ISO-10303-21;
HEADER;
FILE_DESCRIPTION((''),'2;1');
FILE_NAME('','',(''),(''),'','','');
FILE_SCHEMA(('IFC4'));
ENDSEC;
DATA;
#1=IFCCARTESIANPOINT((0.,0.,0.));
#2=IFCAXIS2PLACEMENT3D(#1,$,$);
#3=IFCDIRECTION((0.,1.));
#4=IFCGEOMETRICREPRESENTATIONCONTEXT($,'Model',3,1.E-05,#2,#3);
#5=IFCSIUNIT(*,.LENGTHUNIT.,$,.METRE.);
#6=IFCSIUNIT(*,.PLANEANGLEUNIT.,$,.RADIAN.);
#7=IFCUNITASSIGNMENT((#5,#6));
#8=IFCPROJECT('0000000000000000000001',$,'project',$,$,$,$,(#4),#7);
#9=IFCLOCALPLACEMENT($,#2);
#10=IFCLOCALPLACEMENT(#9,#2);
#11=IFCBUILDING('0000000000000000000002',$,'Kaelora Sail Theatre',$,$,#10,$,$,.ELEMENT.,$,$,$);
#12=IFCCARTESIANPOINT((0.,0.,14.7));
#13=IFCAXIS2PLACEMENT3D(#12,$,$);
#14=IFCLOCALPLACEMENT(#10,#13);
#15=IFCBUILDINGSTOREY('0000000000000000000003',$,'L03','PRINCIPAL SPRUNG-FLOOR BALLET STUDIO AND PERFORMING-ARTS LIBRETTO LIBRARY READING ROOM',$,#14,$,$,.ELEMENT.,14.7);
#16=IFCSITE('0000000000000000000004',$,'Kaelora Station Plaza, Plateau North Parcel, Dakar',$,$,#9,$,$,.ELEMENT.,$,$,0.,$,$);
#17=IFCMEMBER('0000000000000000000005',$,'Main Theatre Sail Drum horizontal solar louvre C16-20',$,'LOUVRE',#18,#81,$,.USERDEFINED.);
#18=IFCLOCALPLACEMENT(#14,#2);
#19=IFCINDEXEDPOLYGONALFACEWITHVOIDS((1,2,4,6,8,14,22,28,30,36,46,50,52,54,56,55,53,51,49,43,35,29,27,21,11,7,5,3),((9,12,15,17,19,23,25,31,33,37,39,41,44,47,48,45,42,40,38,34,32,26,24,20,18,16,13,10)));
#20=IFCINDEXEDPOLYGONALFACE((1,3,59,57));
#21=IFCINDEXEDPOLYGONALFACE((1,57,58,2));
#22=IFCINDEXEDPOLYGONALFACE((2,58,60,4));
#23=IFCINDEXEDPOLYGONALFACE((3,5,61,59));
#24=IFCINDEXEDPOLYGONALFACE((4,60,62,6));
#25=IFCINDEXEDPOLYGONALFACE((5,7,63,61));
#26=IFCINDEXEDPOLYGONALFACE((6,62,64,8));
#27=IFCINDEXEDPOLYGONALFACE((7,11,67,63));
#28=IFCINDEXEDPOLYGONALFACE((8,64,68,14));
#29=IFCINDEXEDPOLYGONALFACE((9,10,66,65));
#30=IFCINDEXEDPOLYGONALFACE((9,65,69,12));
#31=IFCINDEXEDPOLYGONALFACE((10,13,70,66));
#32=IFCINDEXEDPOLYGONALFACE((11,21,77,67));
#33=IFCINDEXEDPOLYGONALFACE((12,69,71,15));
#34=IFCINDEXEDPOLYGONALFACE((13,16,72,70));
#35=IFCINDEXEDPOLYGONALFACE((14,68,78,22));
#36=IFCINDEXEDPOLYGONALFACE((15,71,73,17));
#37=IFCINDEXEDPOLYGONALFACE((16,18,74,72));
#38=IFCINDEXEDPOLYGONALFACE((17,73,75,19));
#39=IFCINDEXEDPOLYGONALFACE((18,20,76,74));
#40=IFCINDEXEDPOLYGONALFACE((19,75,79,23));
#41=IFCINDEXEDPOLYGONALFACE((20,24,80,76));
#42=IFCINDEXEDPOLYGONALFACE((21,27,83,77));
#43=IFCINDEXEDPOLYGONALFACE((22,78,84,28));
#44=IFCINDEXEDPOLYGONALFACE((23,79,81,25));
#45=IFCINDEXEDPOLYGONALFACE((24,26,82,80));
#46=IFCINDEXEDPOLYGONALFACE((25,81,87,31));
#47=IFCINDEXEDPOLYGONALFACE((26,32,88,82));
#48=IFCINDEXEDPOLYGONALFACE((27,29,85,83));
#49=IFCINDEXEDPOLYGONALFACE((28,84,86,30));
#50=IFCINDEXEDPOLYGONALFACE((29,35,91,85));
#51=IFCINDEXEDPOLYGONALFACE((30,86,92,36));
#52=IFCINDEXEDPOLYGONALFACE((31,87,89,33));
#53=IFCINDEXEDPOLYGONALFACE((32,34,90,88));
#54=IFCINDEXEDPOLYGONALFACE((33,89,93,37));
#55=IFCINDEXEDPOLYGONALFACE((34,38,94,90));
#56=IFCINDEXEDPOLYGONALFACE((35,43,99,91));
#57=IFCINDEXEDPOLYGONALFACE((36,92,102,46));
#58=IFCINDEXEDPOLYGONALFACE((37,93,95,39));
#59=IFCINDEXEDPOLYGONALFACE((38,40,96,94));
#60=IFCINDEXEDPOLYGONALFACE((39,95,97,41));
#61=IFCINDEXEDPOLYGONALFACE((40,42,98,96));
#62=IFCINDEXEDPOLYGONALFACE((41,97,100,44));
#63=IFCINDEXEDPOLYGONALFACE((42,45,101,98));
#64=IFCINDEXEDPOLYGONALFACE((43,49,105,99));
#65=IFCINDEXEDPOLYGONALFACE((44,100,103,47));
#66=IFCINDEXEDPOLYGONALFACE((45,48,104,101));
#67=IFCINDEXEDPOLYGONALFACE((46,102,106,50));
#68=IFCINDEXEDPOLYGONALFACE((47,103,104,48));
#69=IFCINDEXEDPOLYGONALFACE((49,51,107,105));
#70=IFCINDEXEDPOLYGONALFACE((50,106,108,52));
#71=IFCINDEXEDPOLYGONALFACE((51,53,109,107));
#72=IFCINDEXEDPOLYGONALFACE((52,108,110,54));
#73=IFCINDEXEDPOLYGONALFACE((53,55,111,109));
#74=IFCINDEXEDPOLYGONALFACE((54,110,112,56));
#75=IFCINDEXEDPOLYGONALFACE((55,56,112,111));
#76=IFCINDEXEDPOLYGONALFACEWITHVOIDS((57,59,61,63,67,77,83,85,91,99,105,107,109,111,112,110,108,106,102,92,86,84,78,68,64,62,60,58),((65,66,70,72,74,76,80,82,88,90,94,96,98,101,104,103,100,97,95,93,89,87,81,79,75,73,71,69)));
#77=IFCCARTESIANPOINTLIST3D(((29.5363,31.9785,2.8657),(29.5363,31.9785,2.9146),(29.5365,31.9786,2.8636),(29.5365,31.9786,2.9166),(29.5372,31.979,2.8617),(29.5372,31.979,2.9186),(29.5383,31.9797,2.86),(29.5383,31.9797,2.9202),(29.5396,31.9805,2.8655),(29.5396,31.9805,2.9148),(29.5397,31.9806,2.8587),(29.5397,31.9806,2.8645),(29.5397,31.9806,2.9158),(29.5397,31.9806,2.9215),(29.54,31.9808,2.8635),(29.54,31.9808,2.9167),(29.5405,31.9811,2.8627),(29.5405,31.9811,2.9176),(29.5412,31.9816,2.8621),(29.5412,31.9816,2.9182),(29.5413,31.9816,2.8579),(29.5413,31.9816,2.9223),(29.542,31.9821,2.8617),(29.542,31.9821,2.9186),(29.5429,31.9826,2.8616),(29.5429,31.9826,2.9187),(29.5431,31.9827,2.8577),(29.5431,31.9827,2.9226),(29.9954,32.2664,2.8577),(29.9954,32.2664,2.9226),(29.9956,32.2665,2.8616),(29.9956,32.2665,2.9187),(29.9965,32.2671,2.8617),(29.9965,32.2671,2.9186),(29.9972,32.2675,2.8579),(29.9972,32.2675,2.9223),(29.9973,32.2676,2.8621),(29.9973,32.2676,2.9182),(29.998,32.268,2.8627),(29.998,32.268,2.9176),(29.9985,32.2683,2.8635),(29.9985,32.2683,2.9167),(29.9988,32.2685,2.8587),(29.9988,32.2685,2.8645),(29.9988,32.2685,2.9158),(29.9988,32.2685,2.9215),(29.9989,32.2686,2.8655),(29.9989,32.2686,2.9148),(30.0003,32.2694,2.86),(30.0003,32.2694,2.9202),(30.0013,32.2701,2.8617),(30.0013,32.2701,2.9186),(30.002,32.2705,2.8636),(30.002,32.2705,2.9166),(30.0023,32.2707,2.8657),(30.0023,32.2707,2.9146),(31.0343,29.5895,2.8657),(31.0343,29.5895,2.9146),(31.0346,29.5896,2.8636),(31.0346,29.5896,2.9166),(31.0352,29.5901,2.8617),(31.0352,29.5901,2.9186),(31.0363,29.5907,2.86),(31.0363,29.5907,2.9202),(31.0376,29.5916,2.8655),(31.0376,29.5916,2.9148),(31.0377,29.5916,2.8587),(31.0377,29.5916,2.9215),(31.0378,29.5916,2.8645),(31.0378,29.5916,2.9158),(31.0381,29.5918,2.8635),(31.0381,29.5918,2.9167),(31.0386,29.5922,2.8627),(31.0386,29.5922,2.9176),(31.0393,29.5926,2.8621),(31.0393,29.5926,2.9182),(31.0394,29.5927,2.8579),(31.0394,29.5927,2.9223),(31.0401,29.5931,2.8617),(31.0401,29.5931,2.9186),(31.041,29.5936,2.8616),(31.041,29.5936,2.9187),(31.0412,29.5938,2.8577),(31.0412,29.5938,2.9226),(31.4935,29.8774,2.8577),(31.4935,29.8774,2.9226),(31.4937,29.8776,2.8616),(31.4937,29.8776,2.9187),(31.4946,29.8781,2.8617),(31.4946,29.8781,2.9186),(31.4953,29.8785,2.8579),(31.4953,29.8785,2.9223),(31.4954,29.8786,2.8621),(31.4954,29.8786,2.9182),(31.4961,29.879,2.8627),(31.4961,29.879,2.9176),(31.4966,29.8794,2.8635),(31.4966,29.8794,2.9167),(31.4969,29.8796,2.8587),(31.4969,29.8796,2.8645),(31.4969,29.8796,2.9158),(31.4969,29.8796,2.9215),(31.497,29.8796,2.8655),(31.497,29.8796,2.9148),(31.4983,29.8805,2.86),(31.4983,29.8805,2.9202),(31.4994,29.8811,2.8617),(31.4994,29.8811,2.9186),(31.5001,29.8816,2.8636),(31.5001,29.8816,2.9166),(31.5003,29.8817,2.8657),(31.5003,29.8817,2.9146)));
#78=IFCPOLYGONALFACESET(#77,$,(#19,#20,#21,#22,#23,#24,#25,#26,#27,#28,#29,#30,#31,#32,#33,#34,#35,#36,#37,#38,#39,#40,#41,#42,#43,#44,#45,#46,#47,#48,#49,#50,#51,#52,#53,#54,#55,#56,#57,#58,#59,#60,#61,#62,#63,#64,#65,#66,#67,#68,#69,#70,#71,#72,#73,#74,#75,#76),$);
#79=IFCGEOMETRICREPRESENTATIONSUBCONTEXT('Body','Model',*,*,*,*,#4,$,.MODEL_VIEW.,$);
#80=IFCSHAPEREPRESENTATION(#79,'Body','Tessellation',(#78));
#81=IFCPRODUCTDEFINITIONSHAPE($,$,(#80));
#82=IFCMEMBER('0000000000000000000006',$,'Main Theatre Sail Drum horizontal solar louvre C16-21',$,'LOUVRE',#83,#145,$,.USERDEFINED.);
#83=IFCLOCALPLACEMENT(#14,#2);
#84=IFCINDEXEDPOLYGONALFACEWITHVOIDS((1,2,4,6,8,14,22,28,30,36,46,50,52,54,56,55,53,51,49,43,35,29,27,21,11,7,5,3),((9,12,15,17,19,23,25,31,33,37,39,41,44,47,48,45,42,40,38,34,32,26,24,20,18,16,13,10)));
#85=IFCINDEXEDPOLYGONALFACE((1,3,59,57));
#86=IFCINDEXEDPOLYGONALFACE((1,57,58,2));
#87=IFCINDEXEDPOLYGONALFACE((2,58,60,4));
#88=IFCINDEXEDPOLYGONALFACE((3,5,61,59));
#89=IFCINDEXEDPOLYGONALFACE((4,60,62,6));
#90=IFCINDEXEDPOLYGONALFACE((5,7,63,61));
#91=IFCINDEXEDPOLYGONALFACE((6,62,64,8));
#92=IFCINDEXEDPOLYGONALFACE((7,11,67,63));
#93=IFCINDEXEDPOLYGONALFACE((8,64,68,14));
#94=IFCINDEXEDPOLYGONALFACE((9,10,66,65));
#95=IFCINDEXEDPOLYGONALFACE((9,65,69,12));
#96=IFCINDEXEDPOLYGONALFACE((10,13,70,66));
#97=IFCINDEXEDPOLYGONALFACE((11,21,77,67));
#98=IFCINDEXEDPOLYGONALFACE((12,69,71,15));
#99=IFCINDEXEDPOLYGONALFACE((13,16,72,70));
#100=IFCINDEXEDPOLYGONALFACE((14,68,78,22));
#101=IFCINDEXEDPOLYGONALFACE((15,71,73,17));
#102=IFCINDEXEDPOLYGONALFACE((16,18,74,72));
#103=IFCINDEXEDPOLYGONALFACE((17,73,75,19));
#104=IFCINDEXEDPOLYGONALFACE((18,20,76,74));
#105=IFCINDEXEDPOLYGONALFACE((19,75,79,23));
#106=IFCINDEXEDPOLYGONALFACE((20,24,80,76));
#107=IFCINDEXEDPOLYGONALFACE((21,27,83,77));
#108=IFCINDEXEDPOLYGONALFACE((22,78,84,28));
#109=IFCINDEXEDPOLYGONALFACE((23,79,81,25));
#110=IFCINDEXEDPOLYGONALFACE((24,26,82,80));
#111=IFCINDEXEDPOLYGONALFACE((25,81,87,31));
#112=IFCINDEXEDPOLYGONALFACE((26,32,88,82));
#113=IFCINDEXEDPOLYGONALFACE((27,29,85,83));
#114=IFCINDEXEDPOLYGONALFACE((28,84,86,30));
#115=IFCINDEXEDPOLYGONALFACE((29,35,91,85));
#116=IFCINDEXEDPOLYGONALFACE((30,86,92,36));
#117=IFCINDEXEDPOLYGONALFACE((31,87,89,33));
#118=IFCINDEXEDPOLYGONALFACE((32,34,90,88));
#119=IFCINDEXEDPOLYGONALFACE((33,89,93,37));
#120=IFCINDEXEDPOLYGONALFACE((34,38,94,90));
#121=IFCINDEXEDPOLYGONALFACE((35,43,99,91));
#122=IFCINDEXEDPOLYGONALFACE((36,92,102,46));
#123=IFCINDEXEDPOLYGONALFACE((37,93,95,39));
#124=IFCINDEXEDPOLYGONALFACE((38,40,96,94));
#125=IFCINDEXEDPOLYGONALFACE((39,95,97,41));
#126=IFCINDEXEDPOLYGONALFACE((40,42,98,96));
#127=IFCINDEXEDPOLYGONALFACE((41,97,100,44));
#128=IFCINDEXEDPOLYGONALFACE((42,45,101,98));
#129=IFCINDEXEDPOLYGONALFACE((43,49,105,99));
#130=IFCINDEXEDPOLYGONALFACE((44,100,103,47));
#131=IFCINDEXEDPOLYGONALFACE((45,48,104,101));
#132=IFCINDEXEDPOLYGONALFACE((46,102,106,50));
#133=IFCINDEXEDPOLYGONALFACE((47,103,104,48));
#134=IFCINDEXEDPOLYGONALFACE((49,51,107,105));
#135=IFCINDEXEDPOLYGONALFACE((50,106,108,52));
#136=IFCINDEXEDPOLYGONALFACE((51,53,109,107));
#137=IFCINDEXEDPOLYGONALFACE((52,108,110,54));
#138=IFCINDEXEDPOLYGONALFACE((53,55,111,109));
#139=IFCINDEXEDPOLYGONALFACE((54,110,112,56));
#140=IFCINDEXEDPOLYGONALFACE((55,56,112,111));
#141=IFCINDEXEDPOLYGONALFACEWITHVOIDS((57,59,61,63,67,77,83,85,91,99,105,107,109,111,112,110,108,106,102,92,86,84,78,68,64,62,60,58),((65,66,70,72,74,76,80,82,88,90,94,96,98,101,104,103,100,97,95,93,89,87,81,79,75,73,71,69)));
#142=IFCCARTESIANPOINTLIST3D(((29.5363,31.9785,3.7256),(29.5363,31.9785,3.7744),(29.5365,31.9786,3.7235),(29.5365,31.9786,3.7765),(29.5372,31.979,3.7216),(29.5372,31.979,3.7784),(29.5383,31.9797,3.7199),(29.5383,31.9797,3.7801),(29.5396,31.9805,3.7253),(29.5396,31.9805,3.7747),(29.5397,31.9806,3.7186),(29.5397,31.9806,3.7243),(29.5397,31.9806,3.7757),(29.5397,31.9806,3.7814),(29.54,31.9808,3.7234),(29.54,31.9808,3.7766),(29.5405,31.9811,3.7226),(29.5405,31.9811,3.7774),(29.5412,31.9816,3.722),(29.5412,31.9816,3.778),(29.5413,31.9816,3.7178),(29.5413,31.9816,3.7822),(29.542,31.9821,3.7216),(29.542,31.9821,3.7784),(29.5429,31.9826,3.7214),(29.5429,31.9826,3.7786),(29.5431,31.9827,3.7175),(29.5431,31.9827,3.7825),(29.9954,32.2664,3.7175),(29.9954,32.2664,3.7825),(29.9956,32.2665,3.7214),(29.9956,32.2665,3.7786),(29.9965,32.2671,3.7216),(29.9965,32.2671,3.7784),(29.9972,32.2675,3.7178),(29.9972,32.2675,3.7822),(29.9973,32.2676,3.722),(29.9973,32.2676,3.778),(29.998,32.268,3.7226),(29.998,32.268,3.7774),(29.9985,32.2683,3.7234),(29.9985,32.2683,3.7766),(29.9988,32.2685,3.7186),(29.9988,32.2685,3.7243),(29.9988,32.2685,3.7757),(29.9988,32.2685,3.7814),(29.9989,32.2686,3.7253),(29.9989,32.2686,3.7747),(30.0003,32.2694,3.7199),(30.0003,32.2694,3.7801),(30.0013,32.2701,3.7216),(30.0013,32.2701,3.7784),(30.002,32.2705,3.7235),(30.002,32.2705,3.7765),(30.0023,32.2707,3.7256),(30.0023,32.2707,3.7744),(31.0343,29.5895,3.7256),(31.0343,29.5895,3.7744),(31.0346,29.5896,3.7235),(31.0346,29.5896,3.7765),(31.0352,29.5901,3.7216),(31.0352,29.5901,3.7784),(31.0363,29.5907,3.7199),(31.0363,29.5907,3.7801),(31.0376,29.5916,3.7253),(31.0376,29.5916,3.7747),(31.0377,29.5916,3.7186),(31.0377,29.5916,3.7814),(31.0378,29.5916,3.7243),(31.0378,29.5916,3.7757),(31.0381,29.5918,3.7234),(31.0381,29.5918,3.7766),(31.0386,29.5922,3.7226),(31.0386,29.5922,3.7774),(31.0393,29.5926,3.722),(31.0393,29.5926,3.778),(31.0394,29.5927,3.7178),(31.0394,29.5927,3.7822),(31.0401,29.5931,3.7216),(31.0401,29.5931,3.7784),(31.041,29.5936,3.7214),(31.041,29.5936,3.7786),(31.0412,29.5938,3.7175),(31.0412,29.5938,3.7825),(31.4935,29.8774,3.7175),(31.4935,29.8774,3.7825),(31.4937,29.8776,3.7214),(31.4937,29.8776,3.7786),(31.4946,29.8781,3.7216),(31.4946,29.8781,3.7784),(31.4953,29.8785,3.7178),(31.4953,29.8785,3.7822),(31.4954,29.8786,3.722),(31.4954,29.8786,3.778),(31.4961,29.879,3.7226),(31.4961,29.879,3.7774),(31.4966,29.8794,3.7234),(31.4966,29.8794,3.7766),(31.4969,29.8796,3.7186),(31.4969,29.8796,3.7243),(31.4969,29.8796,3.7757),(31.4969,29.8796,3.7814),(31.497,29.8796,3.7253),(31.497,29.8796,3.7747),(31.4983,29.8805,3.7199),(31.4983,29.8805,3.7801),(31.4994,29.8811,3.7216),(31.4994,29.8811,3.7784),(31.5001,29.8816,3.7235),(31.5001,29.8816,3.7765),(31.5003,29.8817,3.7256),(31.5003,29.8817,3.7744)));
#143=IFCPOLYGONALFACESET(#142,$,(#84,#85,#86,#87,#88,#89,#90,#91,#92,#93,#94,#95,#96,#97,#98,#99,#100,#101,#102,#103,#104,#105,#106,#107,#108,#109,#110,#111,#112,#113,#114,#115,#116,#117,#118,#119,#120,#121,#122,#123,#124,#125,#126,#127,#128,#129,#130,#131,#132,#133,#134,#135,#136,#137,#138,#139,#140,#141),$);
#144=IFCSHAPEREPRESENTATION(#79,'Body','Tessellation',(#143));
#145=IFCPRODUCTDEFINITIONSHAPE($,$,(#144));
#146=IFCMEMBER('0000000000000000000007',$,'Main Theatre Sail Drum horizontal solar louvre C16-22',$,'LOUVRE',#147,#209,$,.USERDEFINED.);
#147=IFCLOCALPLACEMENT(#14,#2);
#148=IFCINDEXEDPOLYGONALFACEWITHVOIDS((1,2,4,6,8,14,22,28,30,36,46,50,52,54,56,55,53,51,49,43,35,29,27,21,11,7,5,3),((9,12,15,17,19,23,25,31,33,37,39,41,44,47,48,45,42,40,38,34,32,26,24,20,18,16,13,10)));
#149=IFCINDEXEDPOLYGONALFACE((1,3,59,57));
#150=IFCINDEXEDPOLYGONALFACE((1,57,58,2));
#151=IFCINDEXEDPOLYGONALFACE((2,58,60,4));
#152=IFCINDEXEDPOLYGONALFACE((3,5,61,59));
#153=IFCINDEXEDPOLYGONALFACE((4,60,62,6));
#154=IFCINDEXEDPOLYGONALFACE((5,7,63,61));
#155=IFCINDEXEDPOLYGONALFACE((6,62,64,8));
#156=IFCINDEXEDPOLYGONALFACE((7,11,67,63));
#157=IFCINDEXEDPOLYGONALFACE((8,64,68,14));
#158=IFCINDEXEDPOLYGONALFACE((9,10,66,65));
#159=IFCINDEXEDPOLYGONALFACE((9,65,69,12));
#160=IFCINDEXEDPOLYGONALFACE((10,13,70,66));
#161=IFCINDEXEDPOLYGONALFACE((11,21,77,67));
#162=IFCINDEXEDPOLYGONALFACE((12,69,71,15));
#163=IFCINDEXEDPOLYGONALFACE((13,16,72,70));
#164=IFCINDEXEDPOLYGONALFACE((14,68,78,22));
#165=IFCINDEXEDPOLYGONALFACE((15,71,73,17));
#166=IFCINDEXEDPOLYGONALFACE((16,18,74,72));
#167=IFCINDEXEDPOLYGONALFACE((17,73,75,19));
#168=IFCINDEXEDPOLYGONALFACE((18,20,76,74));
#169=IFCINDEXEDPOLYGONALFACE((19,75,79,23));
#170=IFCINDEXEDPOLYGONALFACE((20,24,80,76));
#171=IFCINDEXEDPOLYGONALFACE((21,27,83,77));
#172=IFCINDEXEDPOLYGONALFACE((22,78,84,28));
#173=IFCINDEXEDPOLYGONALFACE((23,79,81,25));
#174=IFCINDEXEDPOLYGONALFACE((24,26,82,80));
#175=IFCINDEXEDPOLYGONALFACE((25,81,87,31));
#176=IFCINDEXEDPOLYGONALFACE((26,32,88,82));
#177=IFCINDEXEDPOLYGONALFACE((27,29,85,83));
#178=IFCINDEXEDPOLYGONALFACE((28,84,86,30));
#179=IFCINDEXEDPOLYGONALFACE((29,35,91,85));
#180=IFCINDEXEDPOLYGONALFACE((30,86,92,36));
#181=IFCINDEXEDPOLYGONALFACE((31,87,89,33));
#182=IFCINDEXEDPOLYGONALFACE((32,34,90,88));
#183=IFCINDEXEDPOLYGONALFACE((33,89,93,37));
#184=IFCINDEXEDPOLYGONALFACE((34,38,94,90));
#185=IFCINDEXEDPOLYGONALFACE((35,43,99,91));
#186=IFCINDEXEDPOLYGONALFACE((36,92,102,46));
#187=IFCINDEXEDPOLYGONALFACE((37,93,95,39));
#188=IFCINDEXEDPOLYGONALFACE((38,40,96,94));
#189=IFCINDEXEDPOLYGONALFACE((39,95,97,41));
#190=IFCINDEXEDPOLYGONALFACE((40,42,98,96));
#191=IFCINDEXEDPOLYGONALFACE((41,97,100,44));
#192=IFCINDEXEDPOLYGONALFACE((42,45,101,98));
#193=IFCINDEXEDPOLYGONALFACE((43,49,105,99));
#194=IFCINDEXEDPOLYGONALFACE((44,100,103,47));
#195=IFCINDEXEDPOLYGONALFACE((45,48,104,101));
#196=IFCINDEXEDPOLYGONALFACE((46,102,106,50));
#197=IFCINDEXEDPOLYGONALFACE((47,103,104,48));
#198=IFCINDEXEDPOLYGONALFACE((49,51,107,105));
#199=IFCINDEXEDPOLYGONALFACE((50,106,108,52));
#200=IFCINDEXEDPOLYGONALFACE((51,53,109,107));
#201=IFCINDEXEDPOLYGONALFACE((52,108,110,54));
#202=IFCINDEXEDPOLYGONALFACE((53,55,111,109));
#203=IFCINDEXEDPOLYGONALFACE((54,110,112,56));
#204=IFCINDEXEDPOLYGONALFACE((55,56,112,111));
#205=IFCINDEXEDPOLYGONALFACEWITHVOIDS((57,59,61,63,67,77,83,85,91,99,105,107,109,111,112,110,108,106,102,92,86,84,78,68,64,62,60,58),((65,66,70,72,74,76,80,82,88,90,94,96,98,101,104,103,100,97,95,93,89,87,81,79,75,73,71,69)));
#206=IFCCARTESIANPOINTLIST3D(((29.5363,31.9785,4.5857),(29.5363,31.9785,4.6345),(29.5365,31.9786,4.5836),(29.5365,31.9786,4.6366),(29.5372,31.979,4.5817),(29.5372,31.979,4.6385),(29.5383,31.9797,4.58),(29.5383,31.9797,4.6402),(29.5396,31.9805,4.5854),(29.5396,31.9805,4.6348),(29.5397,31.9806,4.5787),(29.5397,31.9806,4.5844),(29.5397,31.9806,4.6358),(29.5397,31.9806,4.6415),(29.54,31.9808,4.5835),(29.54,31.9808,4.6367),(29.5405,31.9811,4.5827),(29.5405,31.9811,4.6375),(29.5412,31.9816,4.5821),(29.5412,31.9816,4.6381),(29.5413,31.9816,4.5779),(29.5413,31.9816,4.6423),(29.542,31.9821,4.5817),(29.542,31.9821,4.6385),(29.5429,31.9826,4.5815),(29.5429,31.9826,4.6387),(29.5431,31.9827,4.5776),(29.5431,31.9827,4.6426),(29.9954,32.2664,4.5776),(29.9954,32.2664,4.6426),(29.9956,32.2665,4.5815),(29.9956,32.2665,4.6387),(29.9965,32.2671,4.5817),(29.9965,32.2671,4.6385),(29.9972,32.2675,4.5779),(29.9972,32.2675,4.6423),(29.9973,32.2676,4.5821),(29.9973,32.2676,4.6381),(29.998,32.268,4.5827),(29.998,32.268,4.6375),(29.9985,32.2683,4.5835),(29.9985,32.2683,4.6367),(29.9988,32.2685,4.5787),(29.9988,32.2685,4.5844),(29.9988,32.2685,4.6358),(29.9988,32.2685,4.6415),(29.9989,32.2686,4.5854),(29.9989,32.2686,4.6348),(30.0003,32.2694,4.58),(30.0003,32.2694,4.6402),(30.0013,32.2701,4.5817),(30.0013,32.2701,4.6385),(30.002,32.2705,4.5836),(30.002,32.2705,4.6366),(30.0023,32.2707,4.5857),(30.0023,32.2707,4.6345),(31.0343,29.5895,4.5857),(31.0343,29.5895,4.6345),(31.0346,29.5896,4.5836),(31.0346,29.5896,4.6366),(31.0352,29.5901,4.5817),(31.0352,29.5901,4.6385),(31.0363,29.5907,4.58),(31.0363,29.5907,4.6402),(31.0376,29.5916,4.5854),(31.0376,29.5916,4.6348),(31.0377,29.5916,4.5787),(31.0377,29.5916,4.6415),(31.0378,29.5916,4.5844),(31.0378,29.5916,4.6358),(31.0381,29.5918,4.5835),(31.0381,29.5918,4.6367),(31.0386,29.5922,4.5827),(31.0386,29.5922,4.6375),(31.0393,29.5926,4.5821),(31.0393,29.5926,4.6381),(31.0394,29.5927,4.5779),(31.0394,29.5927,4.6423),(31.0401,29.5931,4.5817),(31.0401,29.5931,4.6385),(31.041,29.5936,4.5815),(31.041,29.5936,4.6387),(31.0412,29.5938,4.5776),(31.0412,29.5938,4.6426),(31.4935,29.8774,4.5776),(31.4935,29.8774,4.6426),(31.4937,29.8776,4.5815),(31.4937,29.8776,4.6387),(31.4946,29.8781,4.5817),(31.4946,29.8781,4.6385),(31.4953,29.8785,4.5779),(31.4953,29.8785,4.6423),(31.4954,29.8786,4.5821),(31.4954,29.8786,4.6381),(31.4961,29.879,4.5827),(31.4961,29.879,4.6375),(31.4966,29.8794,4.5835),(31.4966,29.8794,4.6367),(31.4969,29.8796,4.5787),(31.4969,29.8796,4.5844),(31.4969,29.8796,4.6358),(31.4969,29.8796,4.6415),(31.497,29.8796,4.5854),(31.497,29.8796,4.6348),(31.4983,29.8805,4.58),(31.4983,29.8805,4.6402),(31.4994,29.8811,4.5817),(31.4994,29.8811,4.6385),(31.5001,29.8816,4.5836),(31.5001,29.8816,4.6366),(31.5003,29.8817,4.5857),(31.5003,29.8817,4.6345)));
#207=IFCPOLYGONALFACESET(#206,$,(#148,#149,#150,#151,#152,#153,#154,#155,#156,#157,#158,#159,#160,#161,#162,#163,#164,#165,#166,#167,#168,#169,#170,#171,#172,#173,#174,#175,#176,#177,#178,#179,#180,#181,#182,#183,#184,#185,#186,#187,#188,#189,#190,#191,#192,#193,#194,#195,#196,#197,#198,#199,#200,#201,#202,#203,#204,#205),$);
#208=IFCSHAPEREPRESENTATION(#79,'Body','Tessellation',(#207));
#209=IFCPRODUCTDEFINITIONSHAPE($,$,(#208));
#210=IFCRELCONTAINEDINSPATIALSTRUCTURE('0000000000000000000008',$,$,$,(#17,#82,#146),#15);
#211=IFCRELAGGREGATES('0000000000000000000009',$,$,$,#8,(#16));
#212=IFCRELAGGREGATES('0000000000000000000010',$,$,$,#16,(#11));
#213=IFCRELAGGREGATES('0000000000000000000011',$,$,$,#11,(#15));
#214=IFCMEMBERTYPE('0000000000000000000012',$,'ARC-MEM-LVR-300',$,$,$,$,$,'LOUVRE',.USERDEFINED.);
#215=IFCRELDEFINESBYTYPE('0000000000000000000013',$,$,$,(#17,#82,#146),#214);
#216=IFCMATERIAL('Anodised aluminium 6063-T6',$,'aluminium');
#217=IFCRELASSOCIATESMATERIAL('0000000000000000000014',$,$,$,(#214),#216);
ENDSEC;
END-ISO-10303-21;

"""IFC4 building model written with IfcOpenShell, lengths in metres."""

from ifc_helpers import new_model, si_unit, direction, frame, origin, origin_2d, place, context, subcontext, project, spatial, hollow_rectangle, extrude, material, material_profile, profile_set, type_object, element, save


model = new_model("IFC4")

# Units and contexts
model_context = context("Model", 3, precision=1e-05, world=origin(), true_north=direction((0.0, 1.0)))
body_context = subcontext(model_context, "Body", "Model", "MODEL_VIEW")
ifc_project = project(units=[si_unit("LENGTHUNIT", "METRE"), si_unit("PLANEANGLEUNIT", "RADIAN")], contexts=[model_context])

# Site, building, storey
site_placement = place(None, origin())
site = spatial("IfcSite", under=ifc_project, at=site_placement, Name="Kaelora Station Plaza, Plateau North Parcel, Dakar", CompositionType="ELEMENT", RefElevation=0.0)
building_placement = place(site_placement, origin())
building = spatial("IfcBuilding", under=site, at=building_placement, Name="Kaelora Sail Theatre", CompositionType="ELEMENT")
storey_placement = place(building_placement, frame((0.0, 0.0, 14.7)))
storey = spatial("IfcBuildingStorey", under=building, at=storey_placement, Name="L03", Description="PRINCIPAL SPRUNG-FLOOR BALLET STUDIO AND PERFORMING-ARTS LIBRETTO LIBRARY READING ROOM", CompositionType="ELEMENT", Elevation=14.7)

# Members
ifc_material_1 = material(Name="Anodised aluminium 6063-T6", Category="aluminium")
ifc_material_profile_1 = material_profile(ifc_material_1, hollow_rectangle(XDim=0.55, YDim=0.0649, WallThickness=0.0039, InnerFilletRadius=0.0039, OuterFilletRadius=0.0081, at=origin_2d()), Name="LOUVRE 550x65x4")
ifc_profile_set_1 = profile_set([ifc_material_profile_1], Name="Anodised aluminium 6063-T6")
member_type = type_object("IfcMemberType", Name="ARC-MEM-LVR-300", ElementType="LOUVRE", PredefinedType="USERDEFINED", material=ifc_profile_set_1)
for number, where, z_axis, x_axis, name in (
    (1, (31.2673, 29.7356, 2.8901), (-0.531267, 0.847204, 0.0), (-0.847204, -0.531267, 0.0), "Main Theatre Sail Drum horizontal solar louvre C16-20"),
    (2, (31.2673, 29.7356, 3.75), (-0.531267, 0.847204, 0.0), (-0.847204, -0.531267, 0.0), "Main Theatre Sail Drum horizontal solar louvre C16-21"),
    (3, (31.2673, 29.7356, 4.6101), (-0.531267, 0.847204, 0.0), (-0.847204, -0.531267, 0.0), "Main Theatre Sail Drum horizontal solar louvre C16-22"),
):
    element("IfcMember", number, at=place(storey_placement, frame(where, z_axis=z_axis, x_axis=x_axis)), inside=storey, type_object=member_type, Name=name, ObjectType="LOUVRE", PredefinedType="USERDEFINED", context=body_context, shape_type="SweptSolid", body=[
        extrude(hollow_rectangle(XDim=0.55, YDim=0.0649, WallThickness=0.0039, InnerFilletRadius=0.0039, OuterFilletRadius=0.0081, at=origin_2d()), origin(), (0.0, 0.0, 1.0), 2.8198),
    ])

save(model, "model.ifc")
